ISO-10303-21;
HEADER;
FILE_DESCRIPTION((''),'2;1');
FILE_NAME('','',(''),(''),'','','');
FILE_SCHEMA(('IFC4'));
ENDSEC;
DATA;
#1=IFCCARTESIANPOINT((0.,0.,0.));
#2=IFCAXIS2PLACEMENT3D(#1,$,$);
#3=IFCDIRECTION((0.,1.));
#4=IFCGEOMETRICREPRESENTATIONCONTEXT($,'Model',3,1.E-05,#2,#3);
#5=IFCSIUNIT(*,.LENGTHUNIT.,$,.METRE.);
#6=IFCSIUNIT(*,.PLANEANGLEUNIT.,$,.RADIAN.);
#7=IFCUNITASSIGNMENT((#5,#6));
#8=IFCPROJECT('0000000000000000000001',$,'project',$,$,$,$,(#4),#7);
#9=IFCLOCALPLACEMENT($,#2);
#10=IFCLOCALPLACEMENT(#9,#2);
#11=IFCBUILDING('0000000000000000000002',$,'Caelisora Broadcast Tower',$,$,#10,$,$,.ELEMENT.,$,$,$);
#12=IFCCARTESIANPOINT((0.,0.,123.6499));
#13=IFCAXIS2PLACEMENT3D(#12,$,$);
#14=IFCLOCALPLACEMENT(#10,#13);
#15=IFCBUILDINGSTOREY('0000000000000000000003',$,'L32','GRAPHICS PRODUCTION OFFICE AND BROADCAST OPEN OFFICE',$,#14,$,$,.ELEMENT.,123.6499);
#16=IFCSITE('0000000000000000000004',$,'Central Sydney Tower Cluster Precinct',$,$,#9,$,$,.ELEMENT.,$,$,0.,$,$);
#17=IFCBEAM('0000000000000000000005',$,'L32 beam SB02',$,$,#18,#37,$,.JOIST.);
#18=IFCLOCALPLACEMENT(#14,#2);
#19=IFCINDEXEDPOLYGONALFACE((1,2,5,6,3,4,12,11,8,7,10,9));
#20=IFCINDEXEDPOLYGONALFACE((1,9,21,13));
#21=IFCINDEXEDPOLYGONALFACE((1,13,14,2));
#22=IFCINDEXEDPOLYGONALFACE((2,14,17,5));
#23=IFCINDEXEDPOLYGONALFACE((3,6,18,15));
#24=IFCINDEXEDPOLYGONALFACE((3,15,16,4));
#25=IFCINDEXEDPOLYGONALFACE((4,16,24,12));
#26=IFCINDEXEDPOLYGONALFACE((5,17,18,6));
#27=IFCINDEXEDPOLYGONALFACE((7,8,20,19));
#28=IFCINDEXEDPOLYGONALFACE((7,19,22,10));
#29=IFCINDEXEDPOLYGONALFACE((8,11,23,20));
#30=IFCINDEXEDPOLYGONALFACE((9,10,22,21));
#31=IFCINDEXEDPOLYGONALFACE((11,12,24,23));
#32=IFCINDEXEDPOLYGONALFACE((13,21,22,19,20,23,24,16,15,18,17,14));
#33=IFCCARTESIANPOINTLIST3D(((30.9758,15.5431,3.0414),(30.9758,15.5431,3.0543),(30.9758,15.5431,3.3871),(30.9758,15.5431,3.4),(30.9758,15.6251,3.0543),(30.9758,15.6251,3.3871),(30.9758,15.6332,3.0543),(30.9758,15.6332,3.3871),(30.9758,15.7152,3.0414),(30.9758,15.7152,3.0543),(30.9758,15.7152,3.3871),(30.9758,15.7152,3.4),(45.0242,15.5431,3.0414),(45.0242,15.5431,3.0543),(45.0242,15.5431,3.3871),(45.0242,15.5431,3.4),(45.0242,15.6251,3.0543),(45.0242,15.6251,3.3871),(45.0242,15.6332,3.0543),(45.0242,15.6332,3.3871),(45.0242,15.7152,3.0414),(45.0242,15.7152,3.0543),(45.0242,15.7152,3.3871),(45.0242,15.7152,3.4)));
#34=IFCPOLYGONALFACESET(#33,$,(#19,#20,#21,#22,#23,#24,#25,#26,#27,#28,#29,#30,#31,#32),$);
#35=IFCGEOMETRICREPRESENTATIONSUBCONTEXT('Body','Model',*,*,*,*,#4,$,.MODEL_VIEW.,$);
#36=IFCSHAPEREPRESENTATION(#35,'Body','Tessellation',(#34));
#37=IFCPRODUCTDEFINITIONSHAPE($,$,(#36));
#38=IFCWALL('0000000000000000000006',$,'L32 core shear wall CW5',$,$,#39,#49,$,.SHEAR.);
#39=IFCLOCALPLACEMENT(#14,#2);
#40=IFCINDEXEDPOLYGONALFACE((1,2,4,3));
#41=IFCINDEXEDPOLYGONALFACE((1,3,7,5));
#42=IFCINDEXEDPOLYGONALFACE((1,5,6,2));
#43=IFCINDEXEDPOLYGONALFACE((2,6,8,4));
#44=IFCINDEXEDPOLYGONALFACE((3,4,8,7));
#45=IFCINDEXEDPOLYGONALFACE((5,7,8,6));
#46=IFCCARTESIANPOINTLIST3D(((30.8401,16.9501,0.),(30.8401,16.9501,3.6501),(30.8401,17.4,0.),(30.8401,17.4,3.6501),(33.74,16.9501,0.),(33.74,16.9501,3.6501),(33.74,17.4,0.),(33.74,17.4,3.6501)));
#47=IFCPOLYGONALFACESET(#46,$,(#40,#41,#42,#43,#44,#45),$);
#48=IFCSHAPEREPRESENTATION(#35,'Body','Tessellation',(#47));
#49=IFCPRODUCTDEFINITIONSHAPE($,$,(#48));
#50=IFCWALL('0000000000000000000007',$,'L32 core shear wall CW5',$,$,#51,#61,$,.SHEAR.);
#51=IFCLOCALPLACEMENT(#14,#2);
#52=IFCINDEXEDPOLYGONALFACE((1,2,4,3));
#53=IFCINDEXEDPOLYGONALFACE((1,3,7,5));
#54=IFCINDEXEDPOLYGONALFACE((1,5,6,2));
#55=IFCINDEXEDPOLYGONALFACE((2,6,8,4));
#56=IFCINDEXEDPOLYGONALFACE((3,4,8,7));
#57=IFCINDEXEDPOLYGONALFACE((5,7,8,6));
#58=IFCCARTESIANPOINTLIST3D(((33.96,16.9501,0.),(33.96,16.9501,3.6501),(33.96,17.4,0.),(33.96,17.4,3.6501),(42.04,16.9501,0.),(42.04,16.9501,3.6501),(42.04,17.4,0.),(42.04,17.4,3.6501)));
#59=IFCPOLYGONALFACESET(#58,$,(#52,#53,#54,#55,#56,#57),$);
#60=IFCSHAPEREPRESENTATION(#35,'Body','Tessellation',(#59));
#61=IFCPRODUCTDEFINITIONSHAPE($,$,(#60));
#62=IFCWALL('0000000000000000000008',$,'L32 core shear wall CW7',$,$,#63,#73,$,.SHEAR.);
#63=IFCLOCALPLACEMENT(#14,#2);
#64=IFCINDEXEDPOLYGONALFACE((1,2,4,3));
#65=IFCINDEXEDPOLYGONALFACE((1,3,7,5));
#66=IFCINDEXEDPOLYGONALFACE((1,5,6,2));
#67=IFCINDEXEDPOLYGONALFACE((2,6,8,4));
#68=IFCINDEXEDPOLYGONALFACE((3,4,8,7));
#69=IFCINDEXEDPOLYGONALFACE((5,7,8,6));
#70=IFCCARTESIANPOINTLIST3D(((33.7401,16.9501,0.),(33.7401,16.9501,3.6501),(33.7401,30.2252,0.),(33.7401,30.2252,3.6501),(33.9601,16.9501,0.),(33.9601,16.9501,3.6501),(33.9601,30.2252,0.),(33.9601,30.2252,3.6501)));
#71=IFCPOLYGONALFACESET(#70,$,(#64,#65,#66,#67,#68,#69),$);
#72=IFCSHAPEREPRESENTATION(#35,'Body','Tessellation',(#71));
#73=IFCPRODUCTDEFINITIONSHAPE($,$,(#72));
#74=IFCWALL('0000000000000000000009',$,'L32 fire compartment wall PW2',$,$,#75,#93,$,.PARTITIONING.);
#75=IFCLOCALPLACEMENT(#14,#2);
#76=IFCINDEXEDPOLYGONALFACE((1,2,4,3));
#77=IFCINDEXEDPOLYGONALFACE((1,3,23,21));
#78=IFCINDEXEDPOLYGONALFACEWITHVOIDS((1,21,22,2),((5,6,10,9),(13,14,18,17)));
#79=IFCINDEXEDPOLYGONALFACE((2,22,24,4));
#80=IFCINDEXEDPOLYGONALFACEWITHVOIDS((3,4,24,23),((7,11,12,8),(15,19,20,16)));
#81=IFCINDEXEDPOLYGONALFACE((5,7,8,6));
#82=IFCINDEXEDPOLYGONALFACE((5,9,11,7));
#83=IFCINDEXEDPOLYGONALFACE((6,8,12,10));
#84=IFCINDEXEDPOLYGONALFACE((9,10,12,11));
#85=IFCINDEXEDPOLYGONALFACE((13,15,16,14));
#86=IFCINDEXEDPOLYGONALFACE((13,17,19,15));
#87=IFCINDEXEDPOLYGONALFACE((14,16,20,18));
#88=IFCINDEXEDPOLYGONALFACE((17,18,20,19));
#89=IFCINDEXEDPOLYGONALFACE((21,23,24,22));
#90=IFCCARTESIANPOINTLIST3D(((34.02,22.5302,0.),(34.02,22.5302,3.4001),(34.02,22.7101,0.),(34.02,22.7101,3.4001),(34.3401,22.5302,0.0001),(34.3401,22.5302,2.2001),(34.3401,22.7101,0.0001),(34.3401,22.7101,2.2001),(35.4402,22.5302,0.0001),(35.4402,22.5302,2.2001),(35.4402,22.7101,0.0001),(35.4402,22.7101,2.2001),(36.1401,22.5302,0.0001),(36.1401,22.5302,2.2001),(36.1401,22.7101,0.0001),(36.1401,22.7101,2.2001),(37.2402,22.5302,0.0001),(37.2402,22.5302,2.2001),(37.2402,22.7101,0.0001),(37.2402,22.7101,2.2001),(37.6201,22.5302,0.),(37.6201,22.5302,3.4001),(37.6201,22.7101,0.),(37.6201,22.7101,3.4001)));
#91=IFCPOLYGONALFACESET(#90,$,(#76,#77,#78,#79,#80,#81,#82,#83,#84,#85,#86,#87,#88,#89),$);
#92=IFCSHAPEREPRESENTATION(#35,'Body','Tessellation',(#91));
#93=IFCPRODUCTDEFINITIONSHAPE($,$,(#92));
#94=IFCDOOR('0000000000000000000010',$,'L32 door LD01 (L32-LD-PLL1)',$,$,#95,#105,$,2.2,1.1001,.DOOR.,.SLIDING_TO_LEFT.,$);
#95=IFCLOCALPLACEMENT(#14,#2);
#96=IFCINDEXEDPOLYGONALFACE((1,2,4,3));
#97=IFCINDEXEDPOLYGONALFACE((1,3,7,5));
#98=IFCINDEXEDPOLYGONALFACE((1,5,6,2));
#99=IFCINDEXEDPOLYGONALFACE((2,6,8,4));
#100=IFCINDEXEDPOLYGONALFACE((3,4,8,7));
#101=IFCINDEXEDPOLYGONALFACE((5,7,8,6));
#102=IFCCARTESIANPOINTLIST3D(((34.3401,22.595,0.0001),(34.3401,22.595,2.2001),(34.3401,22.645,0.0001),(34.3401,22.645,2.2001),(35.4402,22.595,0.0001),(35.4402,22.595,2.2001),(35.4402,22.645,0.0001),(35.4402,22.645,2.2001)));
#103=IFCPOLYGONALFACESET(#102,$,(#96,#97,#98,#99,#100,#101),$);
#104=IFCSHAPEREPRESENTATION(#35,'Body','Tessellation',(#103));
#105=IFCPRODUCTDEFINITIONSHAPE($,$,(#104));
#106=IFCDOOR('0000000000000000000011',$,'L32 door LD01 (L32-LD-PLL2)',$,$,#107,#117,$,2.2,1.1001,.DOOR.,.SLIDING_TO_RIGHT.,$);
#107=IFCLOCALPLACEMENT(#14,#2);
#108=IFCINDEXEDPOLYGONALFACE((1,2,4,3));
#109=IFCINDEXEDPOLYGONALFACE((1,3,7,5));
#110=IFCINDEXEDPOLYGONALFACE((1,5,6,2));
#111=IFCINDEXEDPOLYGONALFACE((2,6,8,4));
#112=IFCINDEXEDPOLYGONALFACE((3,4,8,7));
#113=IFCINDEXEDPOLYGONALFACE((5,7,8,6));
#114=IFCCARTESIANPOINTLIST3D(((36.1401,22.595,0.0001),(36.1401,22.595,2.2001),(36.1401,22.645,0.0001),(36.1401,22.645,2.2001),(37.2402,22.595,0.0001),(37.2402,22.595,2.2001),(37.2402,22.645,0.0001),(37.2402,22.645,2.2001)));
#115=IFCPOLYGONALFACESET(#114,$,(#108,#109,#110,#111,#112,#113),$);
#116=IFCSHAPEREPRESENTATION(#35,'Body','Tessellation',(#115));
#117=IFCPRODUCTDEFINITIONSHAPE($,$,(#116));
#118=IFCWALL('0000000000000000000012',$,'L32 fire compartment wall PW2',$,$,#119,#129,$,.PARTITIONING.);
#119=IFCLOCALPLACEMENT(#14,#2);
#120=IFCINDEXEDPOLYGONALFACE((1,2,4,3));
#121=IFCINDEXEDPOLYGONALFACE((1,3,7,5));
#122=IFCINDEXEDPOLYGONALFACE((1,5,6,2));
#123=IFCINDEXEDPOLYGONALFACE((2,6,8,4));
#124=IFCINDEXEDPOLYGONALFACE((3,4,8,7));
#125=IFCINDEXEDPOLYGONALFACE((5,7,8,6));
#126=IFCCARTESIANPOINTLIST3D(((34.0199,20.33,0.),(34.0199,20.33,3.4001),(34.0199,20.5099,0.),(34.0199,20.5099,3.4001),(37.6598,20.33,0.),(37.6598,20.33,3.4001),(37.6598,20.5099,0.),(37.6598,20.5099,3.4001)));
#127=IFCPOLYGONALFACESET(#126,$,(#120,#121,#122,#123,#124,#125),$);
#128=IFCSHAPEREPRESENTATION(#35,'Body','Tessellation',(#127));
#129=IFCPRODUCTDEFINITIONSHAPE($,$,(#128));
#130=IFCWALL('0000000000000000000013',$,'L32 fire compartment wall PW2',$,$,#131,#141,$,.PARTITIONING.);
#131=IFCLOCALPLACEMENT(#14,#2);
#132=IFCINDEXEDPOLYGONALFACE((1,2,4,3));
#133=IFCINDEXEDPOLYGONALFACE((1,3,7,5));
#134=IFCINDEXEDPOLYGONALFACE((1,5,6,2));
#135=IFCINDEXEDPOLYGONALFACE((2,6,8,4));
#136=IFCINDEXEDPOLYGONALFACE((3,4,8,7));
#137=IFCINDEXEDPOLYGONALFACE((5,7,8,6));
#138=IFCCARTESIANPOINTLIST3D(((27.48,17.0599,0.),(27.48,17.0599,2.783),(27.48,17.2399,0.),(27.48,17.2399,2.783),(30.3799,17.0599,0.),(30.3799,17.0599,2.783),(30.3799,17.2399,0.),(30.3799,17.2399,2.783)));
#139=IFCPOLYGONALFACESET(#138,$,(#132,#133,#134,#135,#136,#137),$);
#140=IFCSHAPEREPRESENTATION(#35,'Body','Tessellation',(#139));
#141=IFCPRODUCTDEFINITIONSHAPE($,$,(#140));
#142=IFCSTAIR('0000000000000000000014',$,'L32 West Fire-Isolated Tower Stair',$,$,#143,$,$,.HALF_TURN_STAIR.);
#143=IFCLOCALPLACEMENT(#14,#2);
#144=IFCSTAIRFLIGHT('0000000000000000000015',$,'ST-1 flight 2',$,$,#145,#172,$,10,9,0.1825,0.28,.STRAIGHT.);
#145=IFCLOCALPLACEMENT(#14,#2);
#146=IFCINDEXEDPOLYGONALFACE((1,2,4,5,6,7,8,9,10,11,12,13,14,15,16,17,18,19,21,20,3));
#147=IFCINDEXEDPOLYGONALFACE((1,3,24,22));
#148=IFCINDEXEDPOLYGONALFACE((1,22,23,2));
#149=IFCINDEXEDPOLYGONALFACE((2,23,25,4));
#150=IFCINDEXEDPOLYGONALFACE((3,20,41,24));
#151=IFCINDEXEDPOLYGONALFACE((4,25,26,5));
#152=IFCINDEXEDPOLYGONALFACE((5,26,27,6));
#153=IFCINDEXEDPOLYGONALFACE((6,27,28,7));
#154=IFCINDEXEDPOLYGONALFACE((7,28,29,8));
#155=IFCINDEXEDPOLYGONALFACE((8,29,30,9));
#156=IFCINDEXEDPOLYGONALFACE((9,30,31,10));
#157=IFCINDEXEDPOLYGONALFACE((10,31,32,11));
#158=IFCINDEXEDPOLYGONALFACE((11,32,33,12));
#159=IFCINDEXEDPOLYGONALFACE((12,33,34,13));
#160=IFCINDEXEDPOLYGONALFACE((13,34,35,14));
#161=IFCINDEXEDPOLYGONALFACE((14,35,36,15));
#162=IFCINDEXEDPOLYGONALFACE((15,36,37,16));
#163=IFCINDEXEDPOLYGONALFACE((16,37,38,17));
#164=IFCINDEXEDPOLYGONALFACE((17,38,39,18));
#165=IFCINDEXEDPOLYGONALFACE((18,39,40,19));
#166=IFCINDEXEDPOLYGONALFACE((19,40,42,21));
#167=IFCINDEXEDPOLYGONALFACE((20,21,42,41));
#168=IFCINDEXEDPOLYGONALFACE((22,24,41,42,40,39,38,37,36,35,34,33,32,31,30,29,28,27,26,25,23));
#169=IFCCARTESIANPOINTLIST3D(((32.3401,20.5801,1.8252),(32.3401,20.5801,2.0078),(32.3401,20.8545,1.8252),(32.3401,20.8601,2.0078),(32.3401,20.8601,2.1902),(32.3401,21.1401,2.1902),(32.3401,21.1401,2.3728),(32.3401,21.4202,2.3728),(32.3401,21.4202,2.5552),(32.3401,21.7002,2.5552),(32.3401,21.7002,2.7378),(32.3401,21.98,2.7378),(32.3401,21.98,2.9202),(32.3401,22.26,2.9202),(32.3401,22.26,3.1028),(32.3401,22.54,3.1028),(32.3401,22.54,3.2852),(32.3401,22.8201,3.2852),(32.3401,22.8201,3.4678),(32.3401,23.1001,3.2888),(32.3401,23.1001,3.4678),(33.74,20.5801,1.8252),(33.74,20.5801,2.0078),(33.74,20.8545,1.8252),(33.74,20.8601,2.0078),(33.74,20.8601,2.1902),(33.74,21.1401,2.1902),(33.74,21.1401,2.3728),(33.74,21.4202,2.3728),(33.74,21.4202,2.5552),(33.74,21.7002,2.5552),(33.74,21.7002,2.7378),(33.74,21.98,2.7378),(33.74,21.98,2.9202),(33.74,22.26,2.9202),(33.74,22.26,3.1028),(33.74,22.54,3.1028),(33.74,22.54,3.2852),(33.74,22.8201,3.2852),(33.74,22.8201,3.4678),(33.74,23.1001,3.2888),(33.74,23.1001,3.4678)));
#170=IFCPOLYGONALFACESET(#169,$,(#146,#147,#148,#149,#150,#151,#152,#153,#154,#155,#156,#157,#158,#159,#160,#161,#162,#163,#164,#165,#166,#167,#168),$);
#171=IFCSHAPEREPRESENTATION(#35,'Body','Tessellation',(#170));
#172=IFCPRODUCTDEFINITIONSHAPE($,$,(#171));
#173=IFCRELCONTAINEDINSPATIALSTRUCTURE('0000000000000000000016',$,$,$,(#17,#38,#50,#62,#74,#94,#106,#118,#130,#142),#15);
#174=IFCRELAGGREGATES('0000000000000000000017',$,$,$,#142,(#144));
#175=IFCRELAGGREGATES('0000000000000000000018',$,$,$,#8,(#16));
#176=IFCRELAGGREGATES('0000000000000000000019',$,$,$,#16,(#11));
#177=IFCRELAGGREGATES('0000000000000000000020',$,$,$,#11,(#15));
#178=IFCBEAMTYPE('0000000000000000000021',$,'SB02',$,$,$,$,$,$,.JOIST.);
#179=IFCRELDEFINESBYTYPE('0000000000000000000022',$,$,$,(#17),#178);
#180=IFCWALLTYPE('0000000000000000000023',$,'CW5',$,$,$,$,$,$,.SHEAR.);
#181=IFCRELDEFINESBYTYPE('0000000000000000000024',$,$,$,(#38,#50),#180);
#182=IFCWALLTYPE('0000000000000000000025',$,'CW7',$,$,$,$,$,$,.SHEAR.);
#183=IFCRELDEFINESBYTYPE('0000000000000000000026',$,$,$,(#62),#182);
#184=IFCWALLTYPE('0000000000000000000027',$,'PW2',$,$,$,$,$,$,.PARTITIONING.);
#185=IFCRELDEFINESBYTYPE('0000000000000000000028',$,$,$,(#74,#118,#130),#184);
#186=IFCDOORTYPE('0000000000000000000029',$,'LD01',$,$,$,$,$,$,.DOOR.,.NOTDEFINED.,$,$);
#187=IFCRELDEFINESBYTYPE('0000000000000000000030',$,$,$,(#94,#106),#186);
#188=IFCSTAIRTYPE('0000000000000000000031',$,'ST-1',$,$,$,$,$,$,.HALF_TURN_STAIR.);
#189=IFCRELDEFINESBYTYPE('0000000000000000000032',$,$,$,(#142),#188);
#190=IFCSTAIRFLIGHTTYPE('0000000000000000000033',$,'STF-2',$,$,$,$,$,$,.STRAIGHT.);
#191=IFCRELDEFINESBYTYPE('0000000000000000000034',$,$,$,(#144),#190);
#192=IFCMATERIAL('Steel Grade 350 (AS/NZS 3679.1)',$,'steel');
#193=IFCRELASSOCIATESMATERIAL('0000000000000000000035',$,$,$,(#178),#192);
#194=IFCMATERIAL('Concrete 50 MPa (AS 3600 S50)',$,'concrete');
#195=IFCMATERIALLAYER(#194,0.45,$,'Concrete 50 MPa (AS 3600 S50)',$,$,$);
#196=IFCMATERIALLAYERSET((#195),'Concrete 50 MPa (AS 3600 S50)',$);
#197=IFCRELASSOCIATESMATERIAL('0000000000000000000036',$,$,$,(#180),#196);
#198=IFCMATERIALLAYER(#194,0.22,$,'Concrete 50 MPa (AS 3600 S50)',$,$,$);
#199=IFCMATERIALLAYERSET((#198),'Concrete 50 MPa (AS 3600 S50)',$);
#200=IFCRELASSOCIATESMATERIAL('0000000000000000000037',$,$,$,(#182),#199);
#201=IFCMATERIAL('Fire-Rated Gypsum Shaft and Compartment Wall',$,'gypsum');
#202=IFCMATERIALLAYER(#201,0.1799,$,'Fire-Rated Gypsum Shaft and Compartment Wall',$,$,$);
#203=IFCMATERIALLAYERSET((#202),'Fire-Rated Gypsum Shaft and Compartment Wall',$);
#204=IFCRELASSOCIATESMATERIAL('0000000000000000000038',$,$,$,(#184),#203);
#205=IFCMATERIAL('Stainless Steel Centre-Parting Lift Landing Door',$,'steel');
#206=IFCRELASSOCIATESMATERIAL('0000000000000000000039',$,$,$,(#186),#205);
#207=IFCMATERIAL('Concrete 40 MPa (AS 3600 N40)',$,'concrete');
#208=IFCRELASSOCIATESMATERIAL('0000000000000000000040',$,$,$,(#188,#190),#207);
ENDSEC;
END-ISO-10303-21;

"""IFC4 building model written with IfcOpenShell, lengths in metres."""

from ifc_helpers import new_model, si_unit, direction, frame, frame_2d, origin, origin_2d, place, context, subcontext, project, spatial, polyline, rectangle, i_section, outline, extrude, source, transform, mapped, material, layer, layer_set, material_profile, profile_set, type_object, element, fill, aggregate, save


model = new_model("IFC4")

# Units and contexts
model_context = context("Model", 3, precision=1e-05, world=origin(), true_north=direction((0.0, 1.0)))
body_context = subcontext(model_context, "Body", "Model", "MODEL_VIEW")
ifc_project = project(units=[si_unit("LENGTHUNIT", "METRE"), si_unit("PLANEANGLEUNIT", "RADIAN")], contexts=[model_context])

# Site, building, storey
site_placement = place(None, origin())
site = spatial("IfcSite", under=ifc_project, at=site_placement, Name="Central Sydney Tower Cluster Precinct", CompositionType="ELEMENT", RefElevation=0.0)
building_placement = place(site_placement, origin())
building = spatial("IfcBuilding", under=site, at=building_placement, Name="Caelisora Broadcast Tower", CompositionType="ELEMENT")
storey_placement = place(building_placement, frame((0.0, 0.0, 123.6499)))
storey = spatial("IfcBuildingStorey", under=building, at=storey_placement, Name="L32", Description="GRAPHICS PRODUCTION OFFICE AND BROADCAST OPEN OFFICE", CompositionType="ELEMENT", Elevation=123.6499)

# Beam
ifc_material_1 = material(Name="Steel Grade 350 (AS/NZS 3679.1)", Category="steel")
ifc_material_profile_1 = material_profile(ifc_material_1, i_section(OverallWidth=0.1721, OverallDepth=0.3586, WebThickness=0.0081, FlangeThickness=0.0129, at=origin_2d()), Name="Steel Grade 350 (AS/NZS 3679.1)")
ifc_profile_set_1 = profile_set([ifc_material_profile_1], Name="Steel Grade 350 (AS/NZS 3679.1)")
beam_type_1 = type_object("IfcBeamType", Name="SB02", PredefinedType="JOIST", material=ifc_profile_set_1)
shared_shape_1 = source(origin(), body_context, "Body", "SweptSolid", [
    extrude(i_section(OverallWidth=0.1721, OverallDepth=0.3586, WebThickness=0.0081, FlangeThickness=0.0129, at=origin_2d()), origin(), (0.0, 0.0, 1.0), 14.0483),
])
beam_1_placement = place(storey_placement, frame((30.9758, 15.6292, 3.2207), z_axis=(1.0, 0.0, 0.0), x_axis=(0.0, 1.0, 0.0)))
element("IfcBeam", 1, at=beam_1_placement, inside=storey, type_object=beam_type_1, Name="L32 beam SB02", PredefinedType="JOIST", context=body_context, shape_type="MappedRepresentation", body=[
    mapped(shared_shape_1, transform((0.0, 0.0, 0.0), scale=1.0)),
])

# Shared definitions
ifc_material_2 = material(Name="Concrete 50 MPa (AS 3600 S50)", Category="concrete")

# Walls
ifc_layer_1 = layer(ifc_material_2, 0.45, Name="Concrete 50 MPa (AS 3600 S50)")
ifc_layer_set_1 = layer_set([ifc_layer_1], Name="Concrete 50 MPa (AS 3600 S50)")
wall_type_1 = type_object("IfcWallType", Name="CW5", PredefinedType="SHEAR", material=ifc_layer_set_1)
wall_1_placement = place(storey_placement, frame((30.8401, 17.175, 0.0), z_axis=(0.0, 0.0, 1.0), x_axis=(1.0, 0.0, 0.0)))
element("IfcWall", 2, at=wall_1_placement, inside=storey, type_object=wall_type_1, Name="L32 core shear wall CW5", PredefinedType="SHEAR", context=body_context, shape_type="SweptSolid", body=[
    extrude(rectangle(XDim=2.8999, YDim=0.45, at=frame_2d((1.45, 0.0))), origin(), (0.0, 0.0, 1.0), 3.6501),
])
wall_2_placement = place(storey_placement, frame((33.96, 17.175, 0.0), z_axis=(0.0, 0.0, 1.0), x_axis=(1.0, 0.0, 0.0)))
element("IfcWall", 3, at=wall_2_placement, inside=storey, type_object=wall_type_1, Name="L32 core shear wall CW5", PredefinedType="SHEAR", context=body_context, shape_type="SweptSolid", body=[
    extrude(rectangle(XDim=8.0801, YDim=0.45, at=frame_2d((4.04, 0.0))), origin(), (0.0, 0.0, 1.0), 3.6501),
])
ifc_layer_2 = layer(ifc_material_2, 0.22, Name="Concrete 50 MPa (AS 3600 S50)")
ifc_layer_set_2 = layer_set([ifc_layer_2], Name="Concrete 50 MPa (AS 3600 S50)")
wall_type_2 = type_object("IfcWallType", Name="CW7", PredefinedType="SHEAR", material=ifc_layer_set_2)
wall_3_placement = place(storey_placement, frame((33.8501, 16.95, 0.0), z_axis=(0.0, 0.0, 1.0), x_axis=(0.0, 1.0, 0.0)))
element("IfcWall", 4, at=wall_3_placement, inside=storey, type_object=wall_type_2, Name="L32 core shear wall CW7", PredefinedType="SHEAR", context=body_context, shape_type="SweptSolid", body=[
    extrude(rectangle(XDim=13.2751, YDim=0.22, at=frame_2d((6.6377, 0.0))), origin(), (0.0, 0.0, 1.0), 3.6501),
])

# Wall, openings, doors
ifc_material_3 = material(Name="Fire-Rated Gypsum Shaft and Compartment Wall", Category="gypsum")
ifc_layer_3 = layer(ifc_material_3, 0.1799, Name="Fire-Rated Gypsum Shaft and Compartment Wall")
ifc_layer_set_3 = layer_set([ifc_layer_3], Name="Fire-Rated Gypsum Shaft and Compartment Wall")
wall_type_3 = type_object("IfcWallType", Name="PW2", PredefinedType="PARTITIONING", material=ifc_layer_set_3)
wall_4_placement = place(storey_placement, frame((34.02, 22.6201, 0.0), z_axis=(0.0, 0.0, 1.0), x_axis=(1.0, 0.0, 0.0)))
wall_4 = element("IfcWall", 5, at=wall_4_placement, inside=storey, type_object=wall_type_3, Name="L32 fire compartment wall PW2", PredefinedType="PARTITIONING", context=body_context, shape_type="SweptSolid", body=[
    extrude(rectangle(XDim=3.6001, YDim=0.1799, at=frame_2d((1.8, 0.0))), origin(), (0.0, 0.0, 1.0), 3.4001),
])
opening_1_placement = place(wall_4_placement, frame((0.3201, 0.0, 0.0)))
opening_1 = element("IfcOpeningElement", 6, at=opening_1_placement, cuts=wall_4, PredefinedType="OPENING", context=body_context, shape_type="SweptSolid", body=[
    extrude(rectangle(XDim=1.1001, YDim=2.2, at=frame_2d((0.55, 1.1001))), frame((0.0, 0.1021, 0.0), z_axis=(0.0, -1.0, 0.0), x_axis=(1.0, 0.0, 0.0)), (0.0, 0.0, 1.0), 0.2039),
])
opening_2_placement = place(wall_4_placement, frame((2.1201, 0.0, 0.0)))
opening_2 = element("IfcOpeningElement", 7, at=opening_2_placement, cuts=wall_4, PredefinedType="OPENING", context=body_context, shape_type="SweptSolid", body=[
    extrude(rectangle(XDim=1.1001, YDim=2.2, at=frame_2d((0.55, 1.1001))), frame((0.0, 0.1021, 0.0), z_axis=(0.0, -1.0, 0.0), x_axis=(1.0, 0.0, 0.0)), (0.0, 0.0, 1.0), 0.2039),
])
ifc_material_4 = material(Name="Stainless Steel Centre-Parting Lift Landing Door", Category="steel")
door_type_1 = type_object("IfcDoorType", Name="LD01", OperationType="NOTDEFINED", PredefinedType="DOOR", material=ifc_material_4)
door_1_placement = place(opening_1_placement, origin())
door_1 = element("IfcDoor", 8, at=door_1_placement, inside=storey, type_object=door_type_1, Name="L32 door LD01 (L32-LD-PLL1)", OperationType="SLIDING_TO_LEFT", OverallHeight=2.2, OverallWidth=1.1001, PredefinedType="DOOR", context=body_context, shape_type="SweptSolid", body=[
    extrude(rectangle(XDim=1.1001, YDim=2.2, at=frame_2d((0.55, 1.1001))), frame((0.0, 0.0249, 0.0), z_axis=(0.0, -1.0, 0.0), x_axis=(1.0, 0.0, 0.0)), (0.0, 0.0, 1.0), 0.05),
])
fill(opening_1, door_1)
door_2_placement = place(opening_2_placement, origin())
door_2 = element("IfcDoor", 9, at=door_2_placement, inside=storey, type_object=door_type_1, Name="L32 door LD01 (L32-LD-PLL2)", OperationType="SLIDING_TO_RIGHT", OverallHeight=2.2, OverallWidth=1.1001, PredefinedType="DOOR", context=body_context, shape_type="SweptSolid", body=[
    extrude(rectangle(XDim=1.1001, YDim=2.2, at=frame_2d((0.55, 1.1001))), frame((0.0, 0.0249, 0.0), z_axis=(0.0, -1.0, 0.0), x_axis=(1.0, 0.0, 0.0)), (0.0, 0.0, 1.0), 0.05),
])
fill(opening_2, door_2)

# Wall
wall_5_placement = place(storey_placement, frame((34.02, 20.4199, 0.0), z_axis=(0.0, 0.0, 1.0), x_axis=(1.0, 0.0, 0.0)))
element("IfcWall", 10, at=wall_5_placement, inside=storey, type_object=wall_type_3, Name="L32 fire compartment wall PW2", PredefinedType="PARTITIONING", context=body_context, shape_type="SweptSolid", body=[
    extrude(rectangle(XDim=3.6399, YDim=0.1799, at=frame_2d((1.8198, 0.0))), origin(), (0.0, 0.0, 1.0), 3.4001),
])

# Wall
wall_6_placement = place(storey_placement, frame((27.48, 17.1499, 0.0), z_axis=(0.0, 0.0, 1.0), x_axis=(1.0, 0.0, 0.0)))
element("IfcWall", 11, at=wall_6_placement, inside=storey, type_object=wall_type_3, Name="L32 fire compartment wall PW2", PredefinedType="PARTITIONING", context=body_context, shape_type="SweptSolid", body=[
    extrude(rectangle(XDim=2.8999, YDim=0.1799, at=frame_2d((1.45, 0.0))), origin(), (0.0, 0.0, 1.0), 2.783),
])

# Stair, stair flight
ifc_material_5 = material(Name="Concrete 40 MPa (AS 3600 N40)", Category="concrete")
stair_type = type_object("IfcStairType", Name="ST-1", PredefinedType="HALF_TURN_STAIR", material=ifc_material_5)
stair_placement = place(storey_placement, origin())
stair = element("IfcStair", 12, at=stair_placement, inside=storey, type_object=stair_type, Name="L32 West Fire-Isolated Tower Stair", PredefinedType="HALF_TURN_STAIR")
stair_flight_type = type_object("IfcStairFlightType", Name="STF-2", PredefinedType="STRAIGHT", material=ifc_material_5)
stair_flight_placement = place(storey_placement, frame((33.04, 20.5801, 1.8252), z_axis=(0.0, 0.0, 1.0), x_axis=(0.0, 1.0, 0.0)))
stair_flight = element("IfcStairFlight", 13, at=stair_flight_placement, type_object=stair_flight_type, Name="ST-1 flight 2", NumberOfRisers=10, NumberOfTreads=9, PredefinedType="STRAIGHT", RiserHeight=0.1825, TreadLength=0.28, context=body_context, shape_type="SweptSolid", body=[
    extrude(outline(polyline([(0.0, 0.0), (0.0, 0.1826), (0.28, 0.1826), (0.28, 0.365), (0.5601, 0.365), (0.5601, 0.5476), (0.8401, 0.5476), (0.8401, 0.73), (1.1201, 0.73), (1.1201, 0.9126), (1.3999, 0.9126), (1.3999, 1.095), (1.6799, 1.095), (1.6799, 1.2776), (1.96, 1.2776), (1.96, 1.46), (2.24, 1.46), (2.24, 1.6426), (2.52, 1.6426), (2.52, 1.825), (2.52, 1.4636), (0.2744, 0.0), (0.0, 0.0)])), frame((0.0, 0.7, 0.0), z_axis=(0.0, -1.0, 0.0), x_axis=(1.0, 0.0, 0.0)), (0.0, 0.0, 1.0), 1.3999),
])
aggregate(stair, [stair_flight])

save(model, "model.ifc")
